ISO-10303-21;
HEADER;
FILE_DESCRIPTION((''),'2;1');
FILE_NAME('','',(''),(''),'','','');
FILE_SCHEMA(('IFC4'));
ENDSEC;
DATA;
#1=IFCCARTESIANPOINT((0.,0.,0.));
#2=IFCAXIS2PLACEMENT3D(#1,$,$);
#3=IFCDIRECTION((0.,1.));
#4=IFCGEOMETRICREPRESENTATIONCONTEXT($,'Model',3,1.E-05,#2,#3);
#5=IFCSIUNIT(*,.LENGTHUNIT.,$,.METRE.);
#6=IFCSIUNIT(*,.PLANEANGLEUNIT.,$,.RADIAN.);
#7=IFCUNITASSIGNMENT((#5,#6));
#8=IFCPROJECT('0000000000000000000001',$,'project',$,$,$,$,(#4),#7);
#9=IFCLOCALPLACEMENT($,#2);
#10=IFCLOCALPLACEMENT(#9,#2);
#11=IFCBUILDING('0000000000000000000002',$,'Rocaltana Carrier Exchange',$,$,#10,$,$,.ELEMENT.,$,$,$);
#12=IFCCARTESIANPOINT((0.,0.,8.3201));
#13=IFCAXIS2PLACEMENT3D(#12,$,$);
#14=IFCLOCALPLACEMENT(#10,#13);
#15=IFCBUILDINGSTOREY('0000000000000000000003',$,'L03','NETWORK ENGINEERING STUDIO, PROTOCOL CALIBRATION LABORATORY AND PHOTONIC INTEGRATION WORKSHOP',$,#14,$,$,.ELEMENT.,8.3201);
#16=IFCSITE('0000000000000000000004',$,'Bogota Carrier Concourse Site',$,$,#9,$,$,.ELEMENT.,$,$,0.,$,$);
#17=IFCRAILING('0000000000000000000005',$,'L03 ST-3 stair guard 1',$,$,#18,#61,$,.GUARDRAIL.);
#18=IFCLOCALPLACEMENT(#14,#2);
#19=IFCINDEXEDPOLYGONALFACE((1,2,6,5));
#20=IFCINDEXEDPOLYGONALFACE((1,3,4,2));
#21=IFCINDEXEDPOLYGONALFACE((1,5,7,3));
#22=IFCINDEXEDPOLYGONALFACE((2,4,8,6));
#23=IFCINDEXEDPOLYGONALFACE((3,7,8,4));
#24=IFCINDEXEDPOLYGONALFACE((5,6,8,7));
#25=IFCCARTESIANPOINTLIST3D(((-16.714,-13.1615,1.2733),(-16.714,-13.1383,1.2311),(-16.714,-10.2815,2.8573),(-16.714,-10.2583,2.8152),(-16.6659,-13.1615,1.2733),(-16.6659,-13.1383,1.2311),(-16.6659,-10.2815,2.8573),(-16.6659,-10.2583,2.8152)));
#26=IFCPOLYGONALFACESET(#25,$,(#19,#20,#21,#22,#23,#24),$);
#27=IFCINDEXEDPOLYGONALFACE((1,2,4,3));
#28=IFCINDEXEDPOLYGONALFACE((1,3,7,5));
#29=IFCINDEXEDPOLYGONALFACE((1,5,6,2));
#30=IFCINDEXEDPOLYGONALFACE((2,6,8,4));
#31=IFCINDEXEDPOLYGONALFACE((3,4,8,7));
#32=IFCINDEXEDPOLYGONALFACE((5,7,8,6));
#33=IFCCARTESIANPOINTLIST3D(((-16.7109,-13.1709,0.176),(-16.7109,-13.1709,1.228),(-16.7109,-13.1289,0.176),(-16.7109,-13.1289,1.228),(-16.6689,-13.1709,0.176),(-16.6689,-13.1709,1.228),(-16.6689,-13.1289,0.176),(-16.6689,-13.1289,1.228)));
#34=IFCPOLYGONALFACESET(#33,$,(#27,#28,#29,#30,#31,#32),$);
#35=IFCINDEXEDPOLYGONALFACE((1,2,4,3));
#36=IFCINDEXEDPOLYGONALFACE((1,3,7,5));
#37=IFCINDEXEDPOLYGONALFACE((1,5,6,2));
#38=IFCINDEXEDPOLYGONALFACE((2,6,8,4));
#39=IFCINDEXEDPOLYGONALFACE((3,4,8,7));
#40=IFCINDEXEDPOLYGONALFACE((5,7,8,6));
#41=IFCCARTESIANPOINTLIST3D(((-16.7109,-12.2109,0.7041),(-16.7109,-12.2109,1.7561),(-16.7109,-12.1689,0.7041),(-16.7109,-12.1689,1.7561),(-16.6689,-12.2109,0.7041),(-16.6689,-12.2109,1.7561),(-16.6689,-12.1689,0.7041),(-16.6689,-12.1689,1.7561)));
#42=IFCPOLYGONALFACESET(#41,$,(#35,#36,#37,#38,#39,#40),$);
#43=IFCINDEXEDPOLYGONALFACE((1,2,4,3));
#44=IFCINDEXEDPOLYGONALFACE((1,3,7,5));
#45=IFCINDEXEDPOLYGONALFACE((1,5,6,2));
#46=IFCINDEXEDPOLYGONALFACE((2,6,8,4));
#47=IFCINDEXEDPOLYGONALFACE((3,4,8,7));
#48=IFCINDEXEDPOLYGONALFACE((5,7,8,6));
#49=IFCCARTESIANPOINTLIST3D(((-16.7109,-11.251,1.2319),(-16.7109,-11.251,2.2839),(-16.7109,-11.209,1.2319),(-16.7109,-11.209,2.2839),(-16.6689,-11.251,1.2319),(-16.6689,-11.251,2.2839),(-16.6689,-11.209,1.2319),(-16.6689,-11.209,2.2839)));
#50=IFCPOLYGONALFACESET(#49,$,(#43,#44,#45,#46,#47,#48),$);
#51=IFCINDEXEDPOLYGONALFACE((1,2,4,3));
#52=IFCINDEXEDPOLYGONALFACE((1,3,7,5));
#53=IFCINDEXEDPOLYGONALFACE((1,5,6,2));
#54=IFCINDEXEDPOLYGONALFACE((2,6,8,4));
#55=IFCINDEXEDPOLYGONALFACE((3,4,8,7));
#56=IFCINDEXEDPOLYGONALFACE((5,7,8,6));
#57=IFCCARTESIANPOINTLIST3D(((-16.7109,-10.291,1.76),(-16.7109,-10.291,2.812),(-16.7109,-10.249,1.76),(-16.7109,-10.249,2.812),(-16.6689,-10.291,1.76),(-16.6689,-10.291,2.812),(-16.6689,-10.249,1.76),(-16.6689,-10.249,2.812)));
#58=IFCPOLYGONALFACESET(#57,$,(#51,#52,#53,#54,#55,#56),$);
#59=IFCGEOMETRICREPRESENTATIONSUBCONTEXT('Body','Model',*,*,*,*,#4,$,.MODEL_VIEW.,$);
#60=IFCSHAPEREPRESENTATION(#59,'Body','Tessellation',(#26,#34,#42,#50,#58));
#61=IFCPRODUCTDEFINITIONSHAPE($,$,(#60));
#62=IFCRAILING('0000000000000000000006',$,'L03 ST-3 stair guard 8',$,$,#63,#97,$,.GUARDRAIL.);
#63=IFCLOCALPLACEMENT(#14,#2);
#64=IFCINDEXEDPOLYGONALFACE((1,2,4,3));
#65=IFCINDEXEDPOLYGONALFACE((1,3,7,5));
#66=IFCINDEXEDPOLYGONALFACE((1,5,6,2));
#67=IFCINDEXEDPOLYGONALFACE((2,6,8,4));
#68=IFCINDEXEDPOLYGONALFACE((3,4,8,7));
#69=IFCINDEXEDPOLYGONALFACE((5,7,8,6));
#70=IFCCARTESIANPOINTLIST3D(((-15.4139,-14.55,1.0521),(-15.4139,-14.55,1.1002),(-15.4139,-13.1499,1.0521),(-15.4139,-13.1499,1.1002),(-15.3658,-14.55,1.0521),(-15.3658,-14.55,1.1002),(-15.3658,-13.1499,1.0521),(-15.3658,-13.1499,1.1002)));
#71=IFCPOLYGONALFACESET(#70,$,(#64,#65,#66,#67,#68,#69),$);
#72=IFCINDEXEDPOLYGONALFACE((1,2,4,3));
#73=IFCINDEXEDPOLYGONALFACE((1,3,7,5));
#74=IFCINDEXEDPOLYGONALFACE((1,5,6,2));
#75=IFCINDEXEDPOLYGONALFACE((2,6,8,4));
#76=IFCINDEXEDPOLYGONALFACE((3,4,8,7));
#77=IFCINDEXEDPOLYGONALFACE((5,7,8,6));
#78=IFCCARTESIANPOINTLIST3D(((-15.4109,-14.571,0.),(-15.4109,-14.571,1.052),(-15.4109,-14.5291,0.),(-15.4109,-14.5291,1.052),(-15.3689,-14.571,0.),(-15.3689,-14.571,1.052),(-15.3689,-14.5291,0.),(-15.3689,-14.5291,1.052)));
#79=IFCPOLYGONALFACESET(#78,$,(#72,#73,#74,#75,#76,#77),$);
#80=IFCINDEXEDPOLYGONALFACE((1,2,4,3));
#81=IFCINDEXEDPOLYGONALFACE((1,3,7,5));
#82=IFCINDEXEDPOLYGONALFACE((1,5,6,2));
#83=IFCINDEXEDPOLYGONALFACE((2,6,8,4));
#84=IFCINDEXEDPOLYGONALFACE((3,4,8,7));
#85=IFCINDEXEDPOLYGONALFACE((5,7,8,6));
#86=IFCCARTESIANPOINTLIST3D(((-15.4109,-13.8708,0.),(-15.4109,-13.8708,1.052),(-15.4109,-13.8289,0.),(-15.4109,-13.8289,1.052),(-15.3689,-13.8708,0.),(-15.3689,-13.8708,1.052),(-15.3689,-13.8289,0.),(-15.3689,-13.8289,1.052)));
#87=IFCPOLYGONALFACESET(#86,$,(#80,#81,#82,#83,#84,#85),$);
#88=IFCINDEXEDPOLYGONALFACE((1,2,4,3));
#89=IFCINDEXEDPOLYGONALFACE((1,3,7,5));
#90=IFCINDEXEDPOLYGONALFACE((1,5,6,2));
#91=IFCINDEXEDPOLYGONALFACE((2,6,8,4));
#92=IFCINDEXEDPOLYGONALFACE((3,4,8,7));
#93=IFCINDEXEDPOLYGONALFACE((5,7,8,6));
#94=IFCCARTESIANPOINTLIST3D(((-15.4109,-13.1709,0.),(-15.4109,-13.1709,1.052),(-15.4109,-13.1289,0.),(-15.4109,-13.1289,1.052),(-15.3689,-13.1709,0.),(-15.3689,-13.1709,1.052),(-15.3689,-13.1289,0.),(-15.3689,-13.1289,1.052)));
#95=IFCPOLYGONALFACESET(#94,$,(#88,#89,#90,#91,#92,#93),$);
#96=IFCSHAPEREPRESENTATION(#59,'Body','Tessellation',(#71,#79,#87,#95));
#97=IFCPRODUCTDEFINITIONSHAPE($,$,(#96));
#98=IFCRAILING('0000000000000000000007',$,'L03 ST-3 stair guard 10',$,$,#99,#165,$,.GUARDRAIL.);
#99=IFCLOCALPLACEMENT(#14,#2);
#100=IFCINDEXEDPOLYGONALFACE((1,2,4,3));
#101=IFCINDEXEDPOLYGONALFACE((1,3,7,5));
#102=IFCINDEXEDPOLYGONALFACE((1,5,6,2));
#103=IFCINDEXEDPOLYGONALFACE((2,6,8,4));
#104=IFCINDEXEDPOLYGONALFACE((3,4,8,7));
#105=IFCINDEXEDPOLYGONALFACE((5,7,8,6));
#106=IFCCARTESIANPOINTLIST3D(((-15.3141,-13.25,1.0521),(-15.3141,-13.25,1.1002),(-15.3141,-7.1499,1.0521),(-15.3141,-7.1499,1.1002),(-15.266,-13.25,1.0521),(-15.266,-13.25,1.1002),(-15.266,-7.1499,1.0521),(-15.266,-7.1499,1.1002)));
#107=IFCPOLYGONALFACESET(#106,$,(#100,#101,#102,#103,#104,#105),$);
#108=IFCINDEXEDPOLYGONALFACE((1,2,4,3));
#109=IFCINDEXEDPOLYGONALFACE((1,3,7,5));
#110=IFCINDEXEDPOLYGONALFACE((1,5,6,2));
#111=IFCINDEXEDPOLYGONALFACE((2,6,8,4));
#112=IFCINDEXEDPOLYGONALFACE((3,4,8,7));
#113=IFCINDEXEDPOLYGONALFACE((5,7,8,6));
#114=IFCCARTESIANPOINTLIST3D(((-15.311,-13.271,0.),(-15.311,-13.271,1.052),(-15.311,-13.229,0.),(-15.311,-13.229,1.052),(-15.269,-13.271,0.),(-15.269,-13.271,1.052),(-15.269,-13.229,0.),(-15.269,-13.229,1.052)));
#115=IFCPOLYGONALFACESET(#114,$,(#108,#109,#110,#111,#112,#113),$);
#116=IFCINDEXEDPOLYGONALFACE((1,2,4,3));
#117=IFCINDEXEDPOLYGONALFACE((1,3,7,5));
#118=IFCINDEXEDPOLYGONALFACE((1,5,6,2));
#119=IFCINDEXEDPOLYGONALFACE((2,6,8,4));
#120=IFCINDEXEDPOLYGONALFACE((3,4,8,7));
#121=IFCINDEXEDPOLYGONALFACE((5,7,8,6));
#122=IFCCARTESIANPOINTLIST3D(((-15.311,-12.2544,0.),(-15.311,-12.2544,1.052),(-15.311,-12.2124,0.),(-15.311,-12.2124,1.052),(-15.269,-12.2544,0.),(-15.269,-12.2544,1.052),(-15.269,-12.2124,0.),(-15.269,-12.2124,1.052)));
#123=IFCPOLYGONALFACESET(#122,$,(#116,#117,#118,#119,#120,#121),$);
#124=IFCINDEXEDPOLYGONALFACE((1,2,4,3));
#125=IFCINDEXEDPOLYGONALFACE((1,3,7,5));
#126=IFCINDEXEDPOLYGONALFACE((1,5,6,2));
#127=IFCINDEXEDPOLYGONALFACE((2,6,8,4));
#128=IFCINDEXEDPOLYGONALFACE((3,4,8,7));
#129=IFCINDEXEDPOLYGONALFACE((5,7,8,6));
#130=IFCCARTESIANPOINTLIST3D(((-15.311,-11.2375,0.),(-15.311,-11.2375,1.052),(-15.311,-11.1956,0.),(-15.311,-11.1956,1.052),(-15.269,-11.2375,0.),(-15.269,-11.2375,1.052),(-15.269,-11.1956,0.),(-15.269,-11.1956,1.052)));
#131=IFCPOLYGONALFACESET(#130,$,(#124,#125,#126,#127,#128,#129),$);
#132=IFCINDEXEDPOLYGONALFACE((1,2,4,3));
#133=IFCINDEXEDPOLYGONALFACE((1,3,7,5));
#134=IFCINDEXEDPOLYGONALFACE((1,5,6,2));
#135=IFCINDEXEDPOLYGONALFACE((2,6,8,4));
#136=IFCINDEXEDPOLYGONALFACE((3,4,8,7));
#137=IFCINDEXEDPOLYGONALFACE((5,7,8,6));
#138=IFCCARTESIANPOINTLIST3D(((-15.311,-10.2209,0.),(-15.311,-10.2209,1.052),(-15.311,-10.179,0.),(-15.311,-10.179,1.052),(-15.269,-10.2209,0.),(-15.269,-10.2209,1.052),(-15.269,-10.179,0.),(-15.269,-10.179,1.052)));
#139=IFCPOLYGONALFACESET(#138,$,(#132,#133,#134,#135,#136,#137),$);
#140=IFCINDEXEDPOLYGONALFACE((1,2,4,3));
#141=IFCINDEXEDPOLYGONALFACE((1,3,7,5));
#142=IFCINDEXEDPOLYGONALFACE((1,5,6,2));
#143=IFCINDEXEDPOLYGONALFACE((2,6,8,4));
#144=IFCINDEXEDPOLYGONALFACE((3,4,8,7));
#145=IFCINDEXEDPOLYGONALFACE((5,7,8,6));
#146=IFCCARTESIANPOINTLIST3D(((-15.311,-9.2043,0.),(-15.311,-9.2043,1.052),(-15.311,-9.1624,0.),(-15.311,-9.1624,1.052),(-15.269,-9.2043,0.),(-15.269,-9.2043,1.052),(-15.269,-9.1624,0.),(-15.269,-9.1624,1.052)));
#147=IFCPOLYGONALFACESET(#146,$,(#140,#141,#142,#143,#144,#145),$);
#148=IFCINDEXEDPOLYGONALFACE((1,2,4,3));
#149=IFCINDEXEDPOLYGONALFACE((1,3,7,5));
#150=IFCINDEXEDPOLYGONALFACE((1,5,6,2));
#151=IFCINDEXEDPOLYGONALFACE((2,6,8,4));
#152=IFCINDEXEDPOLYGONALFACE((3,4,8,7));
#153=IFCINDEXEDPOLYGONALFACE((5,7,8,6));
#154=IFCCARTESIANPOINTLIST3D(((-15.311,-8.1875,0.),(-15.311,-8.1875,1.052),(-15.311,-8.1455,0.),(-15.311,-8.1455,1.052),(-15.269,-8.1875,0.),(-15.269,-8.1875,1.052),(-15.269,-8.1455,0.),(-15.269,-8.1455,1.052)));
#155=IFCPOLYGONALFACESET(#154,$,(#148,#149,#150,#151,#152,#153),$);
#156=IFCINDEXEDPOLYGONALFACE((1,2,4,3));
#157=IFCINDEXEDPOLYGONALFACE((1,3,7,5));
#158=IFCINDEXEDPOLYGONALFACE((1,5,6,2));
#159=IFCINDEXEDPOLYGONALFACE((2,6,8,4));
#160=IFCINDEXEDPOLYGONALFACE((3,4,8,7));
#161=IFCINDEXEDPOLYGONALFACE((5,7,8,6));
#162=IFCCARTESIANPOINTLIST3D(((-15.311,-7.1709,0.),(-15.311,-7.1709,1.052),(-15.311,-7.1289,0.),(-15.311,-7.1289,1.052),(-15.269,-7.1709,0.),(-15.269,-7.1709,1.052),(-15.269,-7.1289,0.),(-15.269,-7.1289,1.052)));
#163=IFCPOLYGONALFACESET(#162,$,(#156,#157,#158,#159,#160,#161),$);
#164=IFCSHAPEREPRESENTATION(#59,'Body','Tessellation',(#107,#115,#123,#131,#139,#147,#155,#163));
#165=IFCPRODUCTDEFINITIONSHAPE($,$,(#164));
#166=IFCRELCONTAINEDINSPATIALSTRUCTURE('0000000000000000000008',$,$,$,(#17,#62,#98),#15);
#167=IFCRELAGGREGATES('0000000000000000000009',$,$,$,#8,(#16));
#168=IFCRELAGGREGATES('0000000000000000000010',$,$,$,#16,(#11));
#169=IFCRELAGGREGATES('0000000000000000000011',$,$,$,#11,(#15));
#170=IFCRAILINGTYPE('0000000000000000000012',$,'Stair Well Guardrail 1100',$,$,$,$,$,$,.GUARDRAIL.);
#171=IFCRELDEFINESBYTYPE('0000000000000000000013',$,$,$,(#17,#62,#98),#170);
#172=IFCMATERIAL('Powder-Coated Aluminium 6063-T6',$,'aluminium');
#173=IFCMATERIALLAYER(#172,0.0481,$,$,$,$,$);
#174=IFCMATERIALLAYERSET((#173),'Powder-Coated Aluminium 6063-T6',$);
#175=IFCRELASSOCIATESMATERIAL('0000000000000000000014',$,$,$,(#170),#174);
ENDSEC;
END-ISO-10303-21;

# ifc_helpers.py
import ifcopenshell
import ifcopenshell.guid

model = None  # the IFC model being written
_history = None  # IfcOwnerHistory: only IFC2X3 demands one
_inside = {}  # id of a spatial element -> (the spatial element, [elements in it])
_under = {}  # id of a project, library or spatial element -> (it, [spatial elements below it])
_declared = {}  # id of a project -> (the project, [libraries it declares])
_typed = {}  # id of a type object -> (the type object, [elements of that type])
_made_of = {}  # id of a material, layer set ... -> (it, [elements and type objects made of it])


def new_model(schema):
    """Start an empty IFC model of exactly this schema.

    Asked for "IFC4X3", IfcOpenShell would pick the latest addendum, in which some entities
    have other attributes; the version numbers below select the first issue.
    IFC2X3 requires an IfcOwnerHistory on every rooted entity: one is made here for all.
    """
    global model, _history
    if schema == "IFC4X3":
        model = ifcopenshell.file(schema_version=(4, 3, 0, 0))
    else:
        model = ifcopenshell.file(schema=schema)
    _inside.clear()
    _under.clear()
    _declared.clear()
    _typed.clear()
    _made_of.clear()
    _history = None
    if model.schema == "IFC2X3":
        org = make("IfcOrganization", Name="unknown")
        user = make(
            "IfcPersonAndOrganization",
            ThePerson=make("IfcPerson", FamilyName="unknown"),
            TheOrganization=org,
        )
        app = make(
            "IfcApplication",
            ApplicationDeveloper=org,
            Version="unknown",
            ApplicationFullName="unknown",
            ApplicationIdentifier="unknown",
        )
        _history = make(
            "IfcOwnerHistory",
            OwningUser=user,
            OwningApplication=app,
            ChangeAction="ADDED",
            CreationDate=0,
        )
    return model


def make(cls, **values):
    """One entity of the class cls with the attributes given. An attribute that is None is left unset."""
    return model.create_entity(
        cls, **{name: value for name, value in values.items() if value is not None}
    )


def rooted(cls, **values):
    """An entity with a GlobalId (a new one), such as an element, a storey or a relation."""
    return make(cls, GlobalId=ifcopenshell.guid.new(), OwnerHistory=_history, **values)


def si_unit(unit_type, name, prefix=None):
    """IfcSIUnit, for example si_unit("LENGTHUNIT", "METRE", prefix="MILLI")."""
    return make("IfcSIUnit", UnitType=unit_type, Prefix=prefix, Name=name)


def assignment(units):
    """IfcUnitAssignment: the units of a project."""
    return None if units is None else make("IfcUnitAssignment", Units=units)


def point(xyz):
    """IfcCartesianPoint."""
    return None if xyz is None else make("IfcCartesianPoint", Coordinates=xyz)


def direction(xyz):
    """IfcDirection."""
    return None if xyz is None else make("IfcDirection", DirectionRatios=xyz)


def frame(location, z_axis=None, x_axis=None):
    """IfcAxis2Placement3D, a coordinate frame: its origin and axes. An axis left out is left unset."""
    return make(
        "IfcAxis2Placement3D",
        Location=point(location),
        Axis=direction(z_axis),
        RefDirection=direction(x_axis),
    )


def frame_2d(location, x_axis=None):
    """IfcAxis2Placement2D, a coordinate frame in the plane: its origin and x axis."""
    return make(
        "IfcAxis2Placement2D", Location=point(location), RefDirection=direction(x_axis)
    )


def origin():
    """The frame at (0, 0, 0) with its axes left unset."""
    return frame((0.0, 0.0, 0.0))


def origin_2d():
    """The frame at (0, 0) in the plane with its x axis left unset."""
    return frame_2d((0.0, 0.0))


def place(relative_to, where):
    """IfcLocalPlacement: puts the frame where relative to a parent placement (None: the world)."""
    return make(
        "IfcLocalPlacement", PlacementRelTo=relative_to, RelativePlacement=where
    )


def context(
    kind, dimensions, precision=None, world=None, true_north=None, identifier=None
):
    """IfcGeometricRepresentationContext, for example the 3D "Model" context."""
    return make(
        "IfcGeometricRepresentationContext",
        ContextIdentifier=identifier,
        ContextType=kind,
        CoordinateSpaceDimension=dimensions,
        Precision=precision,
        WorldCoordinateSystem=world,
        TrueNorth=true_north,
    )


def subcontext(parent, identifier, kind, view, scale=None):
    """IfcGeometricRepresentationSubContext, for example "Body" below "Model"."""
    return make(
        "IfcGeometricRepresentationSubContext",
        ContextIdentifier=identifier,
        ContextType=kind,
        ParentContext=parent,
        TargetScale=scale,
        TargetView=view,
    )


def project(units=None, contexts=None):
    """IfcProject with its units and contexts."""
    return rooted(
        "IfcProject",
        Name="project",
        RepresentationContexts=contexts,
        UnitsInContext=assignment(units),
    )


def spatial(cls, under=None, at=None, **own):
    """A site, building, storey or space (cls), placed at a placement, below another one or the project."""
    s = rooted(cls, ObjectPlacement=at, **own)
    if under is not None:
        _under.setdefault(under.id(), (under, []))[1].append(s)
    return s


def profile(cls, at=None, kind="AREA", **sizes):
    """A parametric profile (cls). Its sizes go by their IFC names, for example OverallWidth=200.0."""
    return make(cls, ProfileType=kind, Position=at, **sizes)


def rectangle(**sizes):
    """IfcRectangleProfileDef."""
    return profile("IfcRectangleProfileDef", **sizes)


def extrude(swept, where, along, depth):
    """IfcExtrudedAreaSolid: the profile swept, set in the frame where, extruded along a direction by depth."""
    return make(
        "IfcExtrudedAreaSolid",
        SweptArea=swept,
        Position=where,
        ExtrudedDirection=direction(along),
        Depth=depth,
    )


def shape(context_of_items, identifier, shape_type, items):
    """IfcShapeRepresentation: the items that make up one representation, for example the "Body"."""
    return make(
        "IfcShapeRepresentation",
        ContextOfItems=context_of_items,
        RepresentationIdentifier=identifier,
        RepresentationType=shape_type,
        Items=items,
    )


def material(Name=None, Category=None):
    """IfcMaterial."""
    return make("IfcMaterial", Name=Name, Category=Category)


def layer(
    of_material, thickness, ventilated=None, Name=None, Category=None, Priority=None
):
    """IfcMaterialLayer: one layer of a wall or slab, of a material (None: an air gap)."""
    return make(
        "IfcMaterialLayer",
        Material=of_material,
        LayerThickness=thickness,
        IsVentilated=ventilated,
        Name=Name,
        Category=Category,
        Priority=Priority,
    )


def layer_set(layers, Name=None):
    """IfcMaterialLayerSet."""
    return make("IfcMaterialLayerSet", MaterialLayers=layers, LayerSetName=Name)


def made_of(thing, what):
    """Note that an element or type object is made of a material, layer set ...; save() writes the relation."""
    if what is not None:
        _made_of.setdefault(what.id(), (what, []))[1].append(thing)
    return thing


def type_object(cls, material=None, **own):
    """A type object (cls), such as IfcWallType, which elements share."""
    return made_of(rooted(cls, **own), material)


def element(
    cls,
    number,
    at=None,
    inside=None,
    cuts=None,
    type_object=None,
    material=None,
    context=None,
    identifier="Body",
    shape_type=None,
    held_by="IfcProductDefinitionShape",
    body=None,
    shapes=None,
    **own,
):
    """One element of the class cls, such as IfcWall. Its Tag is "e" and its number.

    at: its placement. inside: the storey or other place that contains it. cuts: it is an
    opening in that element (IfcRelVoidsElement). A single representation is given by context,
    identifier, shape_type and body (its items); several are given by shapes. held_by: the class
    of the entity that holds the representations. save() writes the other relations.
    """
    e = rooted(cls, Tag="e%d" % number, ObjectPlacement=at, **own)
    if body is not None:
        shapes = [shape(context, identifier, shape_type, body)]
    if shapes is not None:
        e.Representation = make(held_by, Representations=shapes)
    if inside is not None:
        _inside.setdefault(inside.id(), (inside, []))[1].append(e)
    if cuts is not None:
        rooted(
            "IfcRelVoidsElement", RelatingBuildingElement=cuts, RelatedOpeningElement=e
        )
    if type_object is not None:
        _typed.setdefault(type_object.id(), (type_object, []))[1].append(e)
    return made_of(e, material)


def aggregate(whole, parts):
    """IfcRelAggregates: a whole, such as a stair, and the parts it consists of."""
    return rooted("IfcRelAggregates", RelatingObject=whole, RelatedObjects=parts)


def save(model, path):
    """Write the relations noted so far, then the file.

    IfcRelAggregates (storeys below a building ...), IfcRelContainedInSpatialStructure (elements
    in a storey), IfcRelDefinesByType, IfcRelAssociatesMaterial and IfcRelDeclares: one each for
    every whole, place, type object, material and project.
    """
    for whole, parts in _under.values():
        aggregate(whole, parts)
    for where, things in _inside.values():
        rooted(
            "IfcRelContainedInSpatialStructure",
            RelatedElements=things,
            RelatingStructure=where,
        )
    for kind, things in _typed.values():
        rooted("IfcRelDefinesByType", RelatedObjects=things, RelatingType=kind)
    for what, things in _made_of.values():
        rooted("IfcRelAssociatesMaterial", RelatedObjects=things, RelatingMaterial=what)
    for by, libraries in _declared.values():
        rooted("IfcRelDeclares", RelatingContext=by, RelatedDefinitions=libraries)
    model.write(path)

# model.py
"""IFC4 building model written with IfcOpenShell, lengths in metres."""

from ifc_helpers import new_model, si_unit, direction, frame, origin, origin_2d, place, context, subcontext, project, spatial, rectangle, extrude, material, layer, layer_set, type_object, element, save


model = new_model("IFC4")

# Units and contexts
model_context = context("Model", 3, precision=1e-05, world=origin(), true_north=direction((0.0, 1.0)))
body_context = subcontext(model_context, "Body", "Model", "MODEL_VIEW")
ifc_project = project(units=[si_unit("LENGTHUNIT", "METRE"), si_unit("PLANEANGLEUNIT", "RADIAN")], contexts=[model_context])

# Site, building, storey
site_placement = place(None, origin())
site = spatial("IfcSite", under=ifc_project, at=site_placement, Name="Bogota Carrier Concourse Site", CompositionType="ELEMENT", RefElevation=0.0)
building_placement = place(site_placement, origin())
building = spatial("IfcBuilding", under=site, at=building_placement, Name="Rocaltana Carrier Exchange", CompositionType="ELEMENT")
storey_placement = place(building_placement, frame((0.0, 0.0, 8.3201)))
storey = spatial("IfcBuildingStorey", under=building, at=storey_placement, Name="L03", Description="NETWORK ENGINEERING STUDIO, PROTOCOL CALIBRATION LABORATORY AND PHOTONIC INTEGRATION WORKSHOP", CompositionType="ELEMENT", Elevation=8.3201)

# Railings
ifc_material_1 = material(Name="Powder-Coated Aluminium 6063-T6", Category="aluminium")
ifc_layer_1 = layer(ifc_material_1, 0.0481)
ifc_layer_set_1 = layer_set([ifc_layer_1], Name="Powder-Coated Aluminium 6063-T6")
railing_type = type_object("IfcRailingType", Name="Stair Well Guardrail 1100", PredefinedType="GUARDRAIL", material=ifc_layer_set_1)
railing_1_placement = place(storey_placement, frame((-16.6899, -13.1499, 0.176)))
element("IfcRailing", 1, at=railing_1_placement, inside=storey, type_object=railing_type, Name="L03 ST-3 stair guard 1", PredefinedType="GUARDRAIL", context=body_context, shape_type="SweptSolid", body=[
    extrude(rectangle(XDim=0.0481, YDim=0.0481, at=origin_2d()), frame((0.0, 0.0, 1.0762), z_axis=(0.0, 0.87621, 0.48193), x_axis=(-1.0, 0.0, 0.0)), (0.0, 0.0, 1.0), 3.2869),
    extrude(rectangle(XDim=0.042, YDim=0.042, at=origin_2d()), origin(), (0.0, 0.0, 1.0), 1.052),
    extrude(rectangle(XDim=0.042, YDim=0.042, at=origin_2d()), frame((0.0, 0.96, 0.5281)), (0.0, 0.0, 1.0), 1.052),
    extrude(rectangle(XDim=0.042, YDim=0.042, at=origin_2d()), frame((0.0, 1.9199, 1.0559)), (0.0, 0.0, 1.0), 1.052),
    extrude(rectangle(XDim=0.042, YDim=0.042, at=origin_2d()), frame((0.0, 2.8799, 1.584)), (0.0, 0.0, 1.0), 1.052),
])
railing_2_placement = place(storey_placement, frame((-15.3899, -14.55, 0.0)))
element("IfcRailing", 2, at=railing_2_placement, inside=storey, type_object=railing_type, Name="L03 ST-3 stair guard 8", PredefinedType="GUARDRAIL", context=body_context, shape_type="SweptSolid", body=[
    extrude(rectangle(XDim=0.0481, YDim=0.0481, at=origin_2d()), frame((0.0, 0.0, 1.0762), z_axis=(0.0, 1.0, 0.0), x_axis=(-1.0, 0.0, 0.0)), (0.0, 0.0, 1.0), 1.4001),
    extrude(rectangle(XDim=0.042, YDim=0.042, at=origin_2d()), origin(), (0.0, 0.0, 1.0), 1.052),
    extrude(rectangle(XDim=0.042, YDim=0.042, at=origin_2d()), frame((0.0, 0.7002, 0.0)), (0.0, 0.0, 1.0), 1.052),
    extrude(rectangle(XDim=0.042, YDim=0.042, at=origin_2d()), frame((0.0, 1.4001, 0.0)), (0.0, 0.0, 1.0), 1.052),
])
railing_3_placement = place(storey_placement, frame((-15.29, -13.25, 0.0)))
element("IfcRailing", 3, at=railing_3_placement, inside=storey, type_object=railing_type, Name="L03 ST-3 stair guard 10", PredefinedType="GUARDRAIL", context=body_context, shape_type="SweptSolid", body=[
    extrude(rectangle(XDim=0.0481, YDim=0.0481, at=origin_2d()), frame((0.0, 0.0, 1.0762), z_axis=(0.0, 1.0, 0.0), x_axis=(-1.0, 0.0, 0.0)), (0.0, 0.0, 1.0), 6.1001),
    extrude(rectangle(XDim=0.042, YDim=0.042, at=origin_2d()), origin(), (0.0, 0.0, 1.0), 1.052),
    extrude(rectangle(XDim=0.042, YDim=0.042, at=origin_2d()), frame((0.0, 1.0166, 0.0)), (0.0, 0.0, 1.0), 1.052),
    extrude(rectangle(XDim=0.042, YDim=0.042, at=origin_2d()), frame((0.0, 2.0334, 0.0)), (0.0, 0.0, 1.0), 1.052),
    extrude(rectangle(XDim=0.042, YDim=0.042, at=origin_2d()), frame((0.0, 3.05, 0.0)), (0.0, 0.0, 1.0), 1.052),
    extrude(rectangle(XDim=0.042, YDim=0.042, at=origin_2d()), frame((0.0, 4.0667, 0.0)), (0.0, 0.0, 1.0), 1.052),
    extrude(rectangle(XDim=0.042, YDim=0.042, at=origin_2d()), frame((0.0, 5.0835, 0.0)), (0.0, 0.0, 1.0), 1.052),
    extrude(rectangle(XDim=0.042, YDim=0.042, at=origin_2d()), frame((0.0, 6.1001, 0.0)), (0.0, 0.0, 1.0), 1.052),
])

save(model, "model.ifc")
